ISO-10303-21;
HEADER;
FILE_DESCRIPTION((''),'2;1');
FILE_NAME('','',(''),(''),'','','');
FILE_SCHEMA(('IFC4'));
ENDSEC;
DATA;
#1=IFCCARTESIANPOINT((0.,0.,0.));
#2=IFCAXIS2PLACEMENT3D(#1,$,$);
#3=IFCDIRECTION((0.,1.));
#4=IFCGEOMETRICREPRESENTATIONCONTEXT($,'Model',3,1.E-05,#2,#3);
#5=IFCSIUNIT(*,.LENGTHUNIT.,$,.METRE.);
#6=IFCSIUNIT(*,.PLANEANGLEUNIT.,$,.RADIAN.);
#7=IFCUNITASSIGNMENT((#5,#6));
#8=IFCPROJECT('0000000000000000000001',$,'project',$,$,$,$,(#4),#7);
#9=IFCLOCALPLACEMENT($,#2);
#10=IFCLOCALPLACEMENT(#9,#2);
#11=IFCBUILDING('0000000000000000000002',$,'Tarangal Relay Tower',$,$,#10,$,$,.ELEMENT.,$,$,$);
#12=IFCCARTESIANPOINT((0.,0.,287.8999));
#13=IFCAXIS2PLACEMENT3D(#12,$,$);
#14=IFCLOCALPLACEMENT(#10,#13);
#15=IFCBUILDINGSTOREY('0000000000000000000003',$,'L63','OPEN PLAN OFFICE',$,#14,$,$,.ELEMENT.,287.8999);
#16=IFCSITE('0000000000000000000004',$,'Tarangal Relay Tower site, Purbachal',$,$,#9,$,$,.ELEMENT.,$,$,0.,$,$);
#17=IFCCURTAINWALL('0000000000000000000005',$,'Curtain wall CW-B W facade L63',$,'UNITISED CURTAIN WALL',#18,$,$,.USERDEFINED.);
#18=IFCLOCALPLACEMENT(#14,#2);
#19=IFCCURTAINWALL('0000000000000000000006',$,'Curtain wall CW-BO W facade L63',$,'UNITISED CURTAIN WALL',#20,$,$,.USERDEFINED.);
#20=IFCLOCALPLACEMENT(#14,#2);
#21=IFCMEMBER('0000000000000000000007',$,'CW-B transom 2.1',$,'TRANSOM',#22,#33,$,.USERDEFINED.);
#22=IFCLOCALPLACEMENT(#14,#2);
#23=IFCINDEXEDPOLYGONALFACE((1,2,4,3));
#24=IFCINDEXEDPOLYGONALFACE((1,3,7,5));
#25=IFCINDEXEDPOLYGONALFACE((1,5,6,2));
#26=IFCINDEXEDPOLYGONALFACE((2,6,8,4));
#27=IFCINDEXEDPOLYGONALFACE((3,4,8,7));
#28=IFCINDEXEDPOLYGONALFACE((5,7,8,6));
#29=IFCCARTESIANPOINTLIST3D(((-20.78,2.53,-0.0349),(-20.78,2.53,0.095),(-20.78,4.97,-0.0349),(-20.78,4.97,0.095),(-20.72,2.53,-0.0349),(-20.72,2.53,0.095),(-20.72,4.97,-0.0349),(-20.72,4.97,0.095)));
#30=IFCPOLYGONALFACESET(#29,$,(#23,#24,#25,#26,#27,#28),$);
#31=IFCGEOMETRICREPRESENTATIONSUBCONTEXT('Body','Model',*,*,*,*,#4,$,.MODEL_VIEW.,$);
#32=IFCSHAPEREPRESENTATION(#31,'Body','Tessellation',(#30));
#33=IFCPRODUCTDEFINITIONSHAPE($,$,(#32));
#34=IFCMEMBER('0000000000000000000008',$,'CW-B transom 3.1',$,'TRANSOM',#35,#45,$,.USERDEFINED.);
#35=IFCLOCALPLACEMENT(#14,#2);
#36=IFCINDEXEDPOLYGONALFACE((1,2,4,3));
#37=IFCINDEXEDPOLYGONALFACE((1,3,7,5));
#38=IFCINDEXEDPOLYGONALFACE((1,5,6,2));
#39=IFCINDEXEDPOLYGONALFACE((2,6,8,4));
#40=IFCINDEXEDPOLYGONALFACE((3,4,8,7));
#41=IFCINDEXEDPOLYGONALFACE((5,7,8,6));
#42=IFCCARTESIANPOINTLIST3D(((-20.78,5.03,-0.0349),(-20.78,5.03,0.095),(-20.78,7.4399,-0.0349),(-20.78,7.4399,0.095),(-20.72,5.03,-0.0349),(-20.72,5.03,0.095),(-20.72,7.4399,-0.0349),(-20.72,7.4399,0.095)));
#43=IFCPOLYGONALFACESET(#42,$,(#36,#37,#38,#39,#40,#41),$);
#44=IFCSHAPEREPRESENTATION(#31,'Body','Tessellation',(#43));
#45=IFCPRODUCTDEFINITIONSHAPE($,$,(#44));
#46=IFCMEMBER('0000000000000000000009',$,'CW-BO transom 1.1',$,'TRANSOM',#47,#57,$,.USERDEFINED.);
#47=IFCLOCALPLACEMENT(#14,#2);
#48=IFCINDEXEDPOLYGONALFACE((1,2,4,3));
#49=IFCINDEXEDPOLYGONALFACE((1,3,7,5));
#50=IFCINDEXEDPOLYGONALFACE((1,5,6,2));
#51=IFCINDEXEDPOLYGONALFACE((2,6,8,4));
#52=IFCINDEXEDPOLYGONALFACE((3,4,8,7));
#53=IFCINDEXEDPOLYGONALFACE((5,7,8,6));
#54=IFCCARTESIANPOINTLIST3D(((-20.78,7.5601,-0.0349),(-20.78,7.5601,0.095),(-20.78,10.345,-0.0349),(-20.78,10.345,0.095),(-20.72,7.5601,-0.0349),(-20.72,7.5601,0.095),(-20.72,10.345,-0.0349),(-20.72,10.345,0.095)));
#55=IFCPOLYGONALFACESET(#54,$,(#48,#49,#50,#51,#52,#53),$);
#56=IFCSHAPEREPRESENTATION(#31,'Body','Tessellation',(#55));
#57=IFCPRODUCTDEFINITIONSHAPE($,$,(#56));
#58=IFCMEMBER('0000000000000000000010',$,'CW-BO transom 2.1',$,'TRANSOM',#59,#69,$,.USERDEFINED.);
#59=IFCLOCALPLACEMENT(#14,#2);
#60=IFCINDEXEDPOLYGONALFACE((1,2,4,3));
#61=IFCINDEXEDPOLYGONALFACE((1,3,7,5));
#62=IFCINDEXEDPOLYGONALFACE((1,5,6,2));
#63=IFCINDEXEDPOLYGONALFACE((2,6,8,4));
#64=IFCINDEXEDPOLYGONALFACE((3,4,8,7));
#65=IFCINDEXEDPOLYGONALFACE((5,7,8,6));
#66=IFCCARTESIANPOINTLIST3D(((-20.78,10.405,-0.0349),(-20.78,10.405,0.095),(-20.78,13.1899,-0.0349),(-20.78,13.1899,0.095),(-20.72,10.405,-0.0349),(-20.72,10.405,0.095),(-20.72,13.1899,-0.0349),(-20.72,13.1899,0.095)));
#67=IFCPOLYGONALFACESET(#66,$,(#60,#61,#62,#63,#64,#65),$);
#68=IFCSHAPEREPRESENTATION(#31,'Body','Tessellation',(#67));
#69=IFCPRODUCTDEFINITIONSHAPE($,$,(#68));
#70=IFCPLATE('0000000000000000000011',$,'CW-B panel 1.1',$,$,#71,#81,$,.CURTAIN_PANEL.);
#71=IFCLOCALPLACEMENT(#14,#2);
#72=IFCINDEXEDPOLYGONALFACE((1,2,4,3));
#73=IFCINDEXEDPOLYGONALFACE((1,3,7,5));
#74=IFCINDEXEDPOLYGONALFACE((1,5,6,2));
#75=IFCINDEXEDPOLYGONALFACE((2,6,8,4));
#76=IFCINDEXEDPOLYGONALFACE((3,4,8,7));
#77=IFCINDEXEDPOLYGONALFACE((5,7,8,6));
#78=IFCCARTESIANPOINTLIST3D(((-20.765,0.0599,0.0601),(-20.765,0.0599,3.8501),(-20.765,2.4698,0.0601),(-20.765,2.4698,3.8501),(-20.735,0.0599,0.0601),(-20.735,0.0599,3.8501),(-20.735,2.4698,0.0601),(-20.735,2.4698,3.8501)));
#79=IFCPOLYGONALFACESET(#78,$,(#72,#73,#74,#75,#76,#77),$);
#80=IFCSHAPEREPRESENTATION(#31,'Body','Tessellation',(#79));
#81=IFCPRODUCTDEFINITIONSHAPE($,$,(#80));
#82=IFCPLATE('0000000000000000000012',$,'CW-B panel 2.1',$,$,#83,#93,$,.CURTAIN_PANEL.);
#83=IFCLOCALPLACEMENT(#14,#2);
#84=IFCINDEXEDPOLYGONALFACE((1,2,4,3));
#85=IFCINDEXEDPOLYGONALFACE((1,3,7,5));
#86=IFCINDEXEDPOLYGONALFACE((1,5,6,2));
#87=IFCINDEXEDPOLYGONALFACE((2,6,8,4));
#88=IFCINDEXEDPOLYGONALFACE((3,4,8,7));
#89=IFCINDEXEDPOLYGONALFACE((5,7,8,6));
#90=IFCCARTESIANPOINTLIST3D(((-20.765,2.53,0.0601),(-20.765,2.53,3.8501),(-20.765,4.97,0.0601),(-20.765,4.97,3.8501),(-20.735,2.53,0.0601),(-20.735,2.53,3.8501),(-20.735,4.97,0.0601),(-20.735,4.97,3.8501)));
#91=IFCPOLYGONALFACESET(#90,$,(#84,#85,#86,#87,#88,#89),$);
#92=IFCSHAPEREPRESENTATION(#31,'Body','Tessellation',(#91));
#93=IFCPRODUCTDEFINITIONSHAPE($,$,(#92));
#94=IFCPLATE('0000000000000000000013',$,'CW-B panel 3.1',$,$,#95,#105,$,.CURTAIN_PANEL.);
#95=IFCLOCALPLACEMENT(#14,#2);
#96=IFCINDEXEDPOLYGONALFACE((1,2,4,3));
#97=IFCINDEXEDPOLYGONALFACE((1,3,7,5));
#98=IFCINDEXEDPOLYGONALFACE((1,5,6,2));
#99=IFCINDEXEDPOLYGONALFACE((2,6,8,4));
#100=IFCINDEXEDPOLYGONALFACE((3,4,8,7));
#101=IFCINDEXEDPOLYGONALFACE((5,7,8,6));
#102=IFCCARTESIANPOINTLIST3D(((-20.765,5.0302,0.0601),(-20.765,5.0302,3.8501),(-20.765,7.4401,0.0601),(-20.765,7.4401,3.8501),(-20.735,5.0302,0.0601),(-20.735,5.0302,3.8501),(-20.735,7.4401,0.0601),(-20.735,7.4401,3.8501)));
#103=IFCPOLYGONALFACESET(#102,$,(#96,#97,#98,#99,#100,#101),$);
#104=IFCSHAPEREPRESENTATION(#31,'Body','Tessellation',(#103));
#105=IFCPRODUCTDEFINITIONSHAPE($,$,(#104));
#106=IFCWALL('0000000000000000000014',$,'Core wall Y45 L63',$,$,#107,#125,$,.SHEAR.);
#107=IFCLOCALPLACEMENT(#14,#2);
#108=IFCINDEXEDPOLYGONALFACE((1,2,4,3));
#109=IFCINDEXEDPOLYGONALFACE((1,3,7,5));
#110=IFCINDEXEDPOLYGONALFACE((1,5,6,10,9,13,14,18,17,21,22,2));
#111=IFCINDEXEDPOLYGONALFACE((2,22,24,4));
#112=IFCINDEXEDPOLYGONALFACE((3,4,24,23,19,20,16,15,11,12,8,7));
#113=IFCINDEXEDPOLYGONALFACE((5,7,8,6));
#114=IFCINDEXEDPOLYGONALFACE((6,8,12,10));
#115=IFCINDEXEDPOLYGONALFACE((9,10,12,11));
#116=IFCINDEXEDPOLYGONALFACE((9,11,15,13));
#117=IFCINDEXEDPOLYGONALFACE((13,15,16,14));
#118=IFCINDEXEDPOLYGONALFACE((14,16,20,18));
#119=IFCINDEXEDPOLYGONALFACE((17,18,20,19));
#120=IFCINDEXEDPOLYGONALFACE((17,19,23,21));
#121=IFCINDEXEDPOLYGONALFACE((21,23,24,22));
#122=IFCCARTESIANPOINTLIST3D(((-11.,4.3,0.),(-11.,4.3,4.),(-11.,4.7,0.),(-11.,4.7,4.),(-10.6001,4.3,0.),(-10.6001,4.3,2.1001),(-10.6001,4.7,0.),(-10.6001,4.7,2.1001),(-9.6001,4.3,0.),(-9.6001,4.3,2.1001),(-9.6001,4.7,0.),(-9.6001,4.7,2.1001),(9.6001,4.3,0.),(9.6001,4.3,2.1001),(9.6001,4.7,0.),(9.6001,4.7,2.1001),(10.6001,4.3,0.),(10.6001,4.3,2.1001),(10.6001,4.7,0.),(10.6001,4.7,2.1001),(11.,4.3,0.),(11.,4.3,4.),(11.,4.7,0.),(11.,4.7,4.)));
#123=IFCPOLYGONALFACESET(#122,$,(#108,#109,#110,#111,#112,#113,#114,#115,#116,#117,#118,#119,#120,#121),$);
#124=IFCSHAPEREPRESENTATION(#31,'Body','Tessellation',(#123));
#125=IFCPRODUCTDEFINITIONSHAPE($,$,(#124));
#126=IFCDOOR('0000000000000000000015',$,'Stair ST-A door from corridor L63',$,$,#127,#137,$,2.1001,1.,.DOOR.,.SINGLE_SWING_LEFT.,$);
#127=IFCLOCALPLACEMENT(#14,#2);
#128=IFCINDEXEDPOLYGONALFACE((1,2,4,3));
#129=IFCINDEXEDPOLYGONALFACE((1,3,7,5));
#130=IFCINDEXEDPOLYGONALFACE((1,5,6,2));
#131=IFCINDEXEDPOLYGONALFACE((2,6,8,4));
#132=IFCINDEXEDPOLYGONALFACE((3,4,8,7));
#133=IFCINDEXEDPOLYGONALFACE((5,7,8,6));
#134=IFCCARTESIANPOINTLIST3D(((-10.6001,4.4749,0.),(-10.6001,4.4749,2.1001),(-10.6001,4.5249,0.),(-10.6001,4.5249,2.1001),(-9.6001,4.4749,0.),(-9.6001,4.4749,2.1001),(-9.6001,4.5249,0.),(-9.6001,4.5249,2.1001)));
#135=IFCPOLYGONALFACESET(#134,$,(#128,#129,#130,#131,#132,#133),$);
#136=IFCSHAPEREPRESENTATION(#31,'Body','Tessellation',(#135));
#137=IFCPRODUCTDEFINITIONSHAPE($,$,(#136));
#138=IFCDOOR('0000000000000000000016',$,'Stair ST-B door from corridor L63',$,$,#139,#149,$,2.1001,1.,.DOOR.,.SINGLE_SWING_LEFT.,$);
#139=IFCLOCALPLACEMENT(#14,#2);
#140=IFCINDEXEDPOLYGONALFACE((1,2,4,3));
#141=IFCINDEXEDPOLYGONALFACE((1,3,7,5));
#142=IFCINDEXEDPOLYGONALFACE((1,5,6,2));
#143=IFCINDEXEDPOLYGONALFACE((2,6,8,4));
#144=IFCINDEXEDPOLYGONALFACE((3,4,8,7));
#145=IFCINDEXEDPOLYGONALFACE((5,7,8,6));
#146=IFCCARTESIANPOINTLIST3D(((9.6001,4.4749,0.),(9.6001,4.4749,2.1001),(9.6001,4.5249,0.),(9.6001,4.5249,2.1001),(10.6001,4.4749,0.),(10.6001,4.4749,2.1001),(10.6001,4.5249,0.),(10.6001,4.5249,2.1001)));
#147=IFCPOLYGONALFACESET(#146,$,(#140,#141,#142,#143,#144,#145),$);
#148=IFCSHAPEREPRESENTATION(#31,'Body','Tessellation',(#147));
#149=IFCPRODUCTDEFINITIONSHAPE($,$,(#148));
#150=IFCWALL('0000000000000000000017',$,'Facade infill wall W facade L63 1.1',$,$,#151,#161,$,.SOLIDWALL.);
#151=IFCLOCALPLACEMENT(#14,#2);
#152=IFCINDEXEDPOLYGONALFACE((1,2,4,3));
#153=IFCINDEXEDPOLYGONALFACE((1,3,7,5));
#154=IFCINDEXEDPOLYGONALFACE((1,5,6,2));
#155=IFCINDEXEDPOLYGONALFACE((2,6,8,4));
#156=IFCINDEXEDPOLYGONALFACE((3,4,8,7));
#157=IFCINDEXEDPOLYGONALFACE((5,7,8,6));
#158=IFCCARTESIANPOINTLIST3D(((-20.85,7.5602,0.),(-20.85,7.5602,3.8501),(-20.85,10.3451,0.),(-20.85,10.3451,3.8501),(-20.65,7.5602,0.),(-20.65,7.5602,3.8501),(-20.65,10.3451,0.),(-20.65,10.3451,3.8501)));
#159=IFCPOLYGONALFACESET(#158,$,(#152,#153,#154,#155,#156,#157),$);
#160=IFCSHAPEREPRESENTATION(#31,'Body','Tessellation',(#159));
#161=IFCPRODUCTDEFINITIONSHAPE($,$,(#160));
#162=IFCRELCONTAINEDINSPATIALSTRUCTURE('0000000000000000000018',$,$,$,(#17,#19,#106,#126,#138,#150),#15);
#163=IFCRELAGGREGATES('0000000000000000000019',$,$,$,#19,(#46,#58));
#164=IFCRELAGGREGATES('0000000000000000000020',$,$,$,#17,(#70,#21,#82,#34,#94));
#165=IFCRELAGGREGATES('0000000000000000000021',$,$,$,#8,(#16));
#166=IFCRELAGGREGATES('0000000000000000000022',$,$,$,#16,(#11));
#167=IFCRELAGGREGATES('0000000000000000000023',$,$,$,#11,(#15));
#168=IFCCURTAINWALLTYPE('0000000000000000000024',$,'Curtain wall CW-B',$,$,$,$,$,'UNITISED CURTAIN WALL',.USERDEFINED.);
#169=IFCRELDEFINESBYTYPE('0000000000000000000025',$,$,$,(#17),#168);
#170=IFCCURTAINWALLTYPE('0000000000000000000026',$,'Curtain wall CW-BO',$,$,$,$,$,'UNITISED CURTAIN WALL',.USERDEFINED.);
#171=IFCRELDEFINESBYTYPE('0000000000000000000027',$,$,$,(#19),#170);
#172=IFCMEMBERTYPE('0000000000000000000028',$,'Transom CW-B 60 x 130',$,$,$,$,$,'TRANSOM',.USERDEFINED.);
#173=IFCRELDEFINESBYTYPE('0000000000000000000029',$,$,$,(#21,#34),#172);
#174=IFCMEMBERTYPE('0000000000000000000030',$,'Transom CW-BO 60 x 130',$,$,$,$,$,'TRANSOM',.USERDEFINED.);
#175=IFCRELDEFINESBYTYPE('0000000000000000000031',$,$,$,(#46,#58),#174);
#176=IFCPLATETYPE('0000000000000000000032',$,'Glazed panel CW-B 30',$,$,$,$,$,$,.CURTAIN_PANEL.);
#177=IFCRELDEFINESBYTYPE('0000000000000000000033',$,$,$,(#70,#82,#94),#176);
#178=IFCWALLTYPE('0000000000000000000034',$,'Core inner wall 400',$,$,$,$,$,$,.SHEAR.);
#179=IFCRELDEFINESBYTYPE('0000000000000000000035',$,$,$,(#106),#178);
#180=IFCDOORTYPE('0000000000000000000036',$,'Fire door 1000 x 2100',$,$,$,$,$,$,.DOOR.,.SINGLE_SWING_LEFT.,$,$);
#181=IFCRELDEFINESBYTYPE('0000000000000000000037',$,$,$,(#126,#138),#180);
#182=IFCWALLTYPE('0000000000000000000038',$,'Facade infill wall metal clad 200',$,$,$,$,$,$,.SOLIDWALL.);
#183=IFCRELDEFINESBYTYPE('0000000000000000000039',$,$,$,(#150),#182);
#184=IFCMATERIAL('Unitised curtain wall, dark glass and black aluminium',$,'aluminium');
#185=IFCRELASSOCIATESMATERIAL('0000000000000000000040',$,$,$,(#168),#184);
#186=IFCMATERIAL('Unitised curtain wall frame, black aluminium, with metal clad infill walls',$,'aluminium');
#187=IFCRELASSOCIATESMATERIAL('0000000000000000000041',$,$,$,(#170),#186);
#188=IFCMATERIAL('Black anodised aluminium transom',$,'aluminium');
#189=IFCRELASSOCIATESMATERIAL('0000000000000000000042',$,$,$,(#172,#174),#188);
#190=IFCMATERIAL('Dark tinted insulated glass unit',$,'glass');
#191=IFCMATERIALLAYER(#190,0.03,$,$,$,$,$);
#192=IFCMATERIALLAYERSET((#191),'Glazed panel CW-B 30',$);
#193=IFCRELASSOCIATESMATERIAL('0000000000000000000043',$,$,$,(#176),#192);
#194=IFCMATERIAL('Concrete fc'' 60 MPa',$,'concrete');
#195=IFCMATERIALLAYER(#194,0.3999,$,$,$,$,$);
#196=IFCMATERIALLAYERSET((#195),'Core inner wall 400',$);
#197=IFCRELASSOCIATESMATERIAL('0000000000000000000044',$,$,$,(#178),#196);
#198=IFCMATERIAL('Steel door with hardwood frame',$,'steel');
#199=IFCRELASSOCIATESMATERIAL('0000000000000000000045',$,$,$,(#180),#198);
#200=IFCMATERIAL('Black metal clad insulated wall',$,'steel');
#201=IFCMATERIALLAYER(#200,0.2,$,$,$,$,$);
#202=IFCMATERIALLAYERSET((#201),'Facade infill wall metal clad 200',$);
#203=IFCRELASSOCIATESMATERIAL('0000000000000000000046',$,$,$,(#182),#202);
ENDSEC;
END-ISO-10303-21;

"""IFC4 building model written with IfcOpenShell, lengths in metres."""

from ifc_helpers import new_model, si_unit, direction, frame, frame_2d, origin, origin_2d, place, context, subcontext, project, spatial, rectangle, extrude, material, layer, layer_set, material_profile, profile_set, type_object, element, fill, aggregate, save


model = new_model("IFC4")

# Units and contexts
model_context = context("Model", 3, precision=1e-05, world=origin(), true_north=direction((0.0, 1.0)))
body_context = subcontext(model_context, "Body", "Model", "MODEL_VIEW")
ifc_project = project(units=[si_unit("LENGTHUNIT", "METRE"), si_unit("PLANEANGLEUNIT", "RADIAN")], contexts=[model_context])

# Site, building, storey
site_placement = place(None, origin())
site = spatial("IfcSite", under=ifc_project, at=site_placement, Name="Tarangal Relay Tower site, Purbachal", CompositionType="ELEMENT", RefElevation=0.0)
building_placement = place(site_placement, origin())
building = spatial("IfcBuilding", under=site, at=building_placement, Name="Tarangal Relay Tower", CompositionType="ELEMENT")
storey_placement = place(building_placement, frame((0.0, 0.0, 287.8999)))
storey = spatial("IfcBuildingStorey", under=building, at=storey_placement, Name="L63", Description="OPEN PLAN OFFICE", CompositionType="ELEMENT", Elevation=287.8999)

# Curtain walls
ifc_material_1 = material(Name="Unitised curtain wall, dark glass and black aluminium", Category="aluminium")
curtain_wall_type_1 = type_object("IfcCurtainWallType", Name="Curtain wall CW-B", ElementType="UNITISED CURTAIN WALL", PredefinedType="USERDEFINED", material=ifc_material_1)
curtain_wall_1_placement = place(storey_placement, origin())
curtain_wall_1 = element("IfcCurtainWall", 1, at=curtain_wall_1_placement, inside=storey, type_object=curtain_wall_type_1, Name="Curtain wall CW-B W facade L63", ObjectType="UNITISED CURTAIN WALL", PredefinedType="USERDEFINED")
ifc_material_2 = material(Name="Unitised curtain wall frame, black aluminium, with metal clad infill walls", Category="aluminium")
curtain_wall_type_2 = type_object("IfcCurtainWallType", Name="Curtain wall CW-BO", ElementType="UNITISED CURTAIN WALL", PredefinedType="USERDEFINED", material=ifc_material_2)
curtain_wall_2_placement = place(storey_placement, origin())
curtain_wall_2 = element("IfcCurtainWall", 2, at=curtain_wall_2_placement, inside=storey, type_object=curtain_wall_type_2, Name="Curtain wall CW-BO W facade L63", ObjectType="UNITISED CURTAIN WALL", PredefinedType="USERDEFINED")

# Members
ifc_material_3 = material(Name="Black anodised aluminium transom", Category="aluminium")
ifc_material_profile_1 = material_profile(ifc_material_3, rectangle(XDim=0.0601, YDim=0.1299, at=origin_2d()), Name="CW-BT 60X130")
ifc_profile_set_1 = profile_set([ifc_material_profile_1], Name="Black anodised aluminium transom")
member_type_1 = type_object("IfcMemberType", Name="Transom CW-B 60 x 130", ElementType="TRANSOM", PredefinedType="USERDEFINED", material=ifc_profile_set_1)
member_1_placement = place(storey_placement, frame((-20.75, 2.53, 0.03), z_axis=(0.0, 1.0, 0.0), x_axis=(-1.0, 0.0, 0.0)))
member_1 = element("IfcMember", 3, at=member_1_placement, type_object=member_type_1, Name="CW-B transom 2.1", ObjectType="TRANSOM", PredefinedType="USERDEFINED", context=body_context, shape_type="SweptSolid", body=[
    extrude(rectangle(XDim=0.0601, YDim=0.1299, at=origin_2d()), origin(), (0.0, 0.0, 1.0), 2.4399),
])
member_2_placement = place(storey_placement, frame((-20.75, 5.03, 0.03), z_axis=(0.0, 1.0, 0.0), x_axis=(-1.0, 0.0, 0.0)))
member_2 = element("IfcMember", 4, at=member_2_placement, type_object=member_type_1, Name="CW-B transom 3.1", ObjectType="TRANSOM", PredefinedType="USERDEFINED", context=body_context, shape_type="SweptSolid", body=[
    extrude(rectangle(XDim=0.0601, YDim=0.1299, at=origin_2d()), origin(), (0.0, 0.0, 1.0), 2.4099),
])
ifc_material_profile_2 = material_profile(ifc_material_3, rectangle(XDim=0.0601, YDim=0.1299, at=origin_2d()), Name="CW-BOT 60X130")
ifc_profile_set_2 = profile_set([ifc_material_profile_2], Name="Black anodised aluminium transom")
member_type_2 = type_object("IfcMemberType", Name="Transom CW-BO 60 x 130", ElementType="TRANSOM", PredefinedType="USERDEFINED", material=ifc_profile_set_2)
member_3_placement = place(storey_placement, frame((-20.75, 7.5601, 0.03), z_axis=(0.0, 1.0, 0.0), x_axis=(-1.0, 0.0, 0.0)))
member_3 = element("IfcMember", 5, at=member_3_placement, type_object=member_type_2, Name="CW-BO transom 1.1", ObjectType="TRANSOM", PredefinedType="USERDEFINED", context=body_context, shape_type="SweptSolid", body=[
    extrude(rectangle(XDim=0.0601, YDim=0.1299, at=origin_2d()), origin(), (0.0, 0.0, 1.0), 2.7849),
])
member_4_placement = place(storey_placement, frame((-20.75, 10.405, 0.03), z_axis=(0.0, 1.0, 0.0), x_axis=(-1.0, 0.0, 0.0)))
member_4 = element("IfcMember", 6, at=member_4_placement, type_object=member_type_2, Name="CW-BO transom 2.1", ObjectType="TRANSOM", PredefinedType="USERDEFINED", context=body_context, shape_type="SweptSolid", body=[
    extrude(rectangle(XDim=0.0601, YDim=0.1299, at=origin_2d()), origin(), (0.0, 0.0, 1.0), 2.7849),
])
aggregate(curtain_wall_2, [member_3, member_4])

# Plates
ifc_material_4 = material(Name="Dark tinted insulated glass unit", Category="glass")
ifc_layer_1 = layer(ifc_material_4, 0.03)
ifc_layer_set_1 = layer_set([ifc_layer_1], Name="Glazed panel CW-B 30")
plate_type = type_object("IfcPlateType", Name="Glazed panel CW-B 30", PredefinedType="CURTAIN_PANEL", material=ifc_layer_set_1)
plate_1_placement = place(storey_placement, frame((-20.75, 1.2649, 0.0601), z_axis=(0.0, 0.0, 1.0), x_axis=(0.0, 1.0, 0.0)))
plate_1 = element("IfcPlate", 7, at=plate_1_placement, type_object=plate_type, Name="CW-B panel 1.1", PredefinedType="CURTAIN_PANEL", context=body_context, shape_type="SweptSolid", body=[
    extrude(rectangle(XDim=2.4099, YDim=0.03, at=origin_2d()), origin(), (0.0, 0.0, 1.0), 3.79),
])
plate_2_placement = place(storey_placement, frame((-20.75, 3.75, 0.0601), z_axis=(0.0, 0.0, 1.0), x_axis=(0.0, 1.0, 0.0)))
plate_2 = element("IfcPlate", 8, at=plate_2_placement, type_object=plate_type, Name="CW-B panel 2.1", PredefinedType="CURTAIN_PANEL", context=body_context, shape_type="SweptSolid", body=[
    extrude(rectangle(XDim=2.4399, YDim=0.03, at=origin_2d()), origin(), (0.0, 0.0, 1.0), 3.79),
])
plate_3_placement = place(storey_placement, frame((-20.75, 6.2351, 0.0601), z_axis=(0.0, 0.0, 1.0), x_axis=(0.0, 1.0, 0.0)))
plate_3 = element("IfcPlate", 9, at=plate_3_placement, type_object=plate_type, Name="CW-B panel 3.1", PredefinedType="CURTAIN_PANEL", context=body_context, shape_type="SweptSolid", body=[
    extrude(rectangle(XDim=2.4099, YDim=0.03, at=origin_2d()), origin(), (0.0, 0.0, 1.0), 3.79),
])
aggregate(curtain_wall_1, [plate_1, member_1, plate_2, member_2, plate_3])

# Wall, openings, doors
ifc_material_5 = material(Name="Concrete fc' 60 MPa", Category="concrete")
ifc_layer_2 = layer(ifc_material_5, 0.3999)
ifc_layer_set_2 = layer_set([ifc_layer_2], Name="Core inner wall 400")
wall_type_1 = type_object("IfcWallType", Name="Core inner wall 400", PredefinedType="SHEAR", material=ifc_layer_set_2)
wall_1_placement = place(storey_placement, frame((-11.0, 4.5, 0.0), z_axis=(0.0, 0.0, 1.0), x_axis=(1.0, 0.0, 0.0)))
wall_1 = element("IfcWall", 10, at=wall_1_placement, inside=storey, type_object=wall_type_1, Name="Core wall Y45 L63", PredefinedType="SHEAR", context=body_context, shape_type="SweptSolid", body=[
    extrude(rectangle(XDim=22.0, YDim=0.3999, at=frame_2d((11.0, 0.0))), origin(), (0.0, 0.0, 1.0), 4.0),
])
opening_1_placement = place(wall_1_placement, frame((0.3999, 0.0, 0.0)))
opening_1 = element("IfcOpeningElement", 11, at=opening_1_placement, cuts=wall_1, PredefinedType="OPENING", context=body_context, shape_type="SweptSolid", body=[
    extrude(rectangle(XDim=1.0, YDim=2.1001, at=frame_2d((0.5, 1.05))), frame((0.0, 0.21, 0.0), z_axis=(0.0, -1.0, 0.0), x_axis=(1.0, 0.0, 0.0)), (0.0, 0.0, 1.0), 0.4199),
])
opening_2_placement = place(wall_1_placement, frame((20.6001, 0.0, 0.0)))
opening_2 = element("IfcOpeningElement", 12, at=opening_2_placement, cuts=wall_1, PredefinedType="OPENING", context=body_context, shape_type="SweptSolid", body=[
    extrude(rectangle(XDim=1.0, YDim=2.1001, at=frame_2d((0.5, 1.05))), frame((0.0, 0.21, 0.0), z_axis=(0.0, -1.0, 0.0), x_axis=(1.0, 0.0, 0.0)), (0.0, 0.0, 1.0), 0.4199),
])
ifc_material_6 = material(Name="Steel door with hardwood frame", Category="steel")
door_type_1 = type_object("IfcDoorType", Name="Fire door 1000 x 2100", OperationType="SINGLE_SWING_LEFT", PredefinedType="DOOR", material=ifc_material_6)
door_1_placement = place(opening_1_placement, origin())
door_1 = element("IfcDoor", 13, at=door_1_placement, inside=storey, type_object=door_type_1, Name="Stair ST-A door from corridor L63", OperationType="SINGLE_SWING_LEFT", OverallHeight=2.1001, OverallWidth=1.0, PredefinedType="DOOR", context=body_context, shape_type="SweptSolid", body=[
    extrude(rectangle(XDim=1.0, YDim=2.1001, at=frame_2d((0.5, 1.05))), frame((0.0, 0.0249, 0.0), z_axis=(0.0, -1.0, 0.0), x_axis=(1.0, 0.0, 0.0)), (0.0, 0.0, 1.0), 0.05),
])
fill(opening_1, door_1)
door_2_placement = place(opening_2_placement, origin())
door_2 = element("IfcDoor", 14, at=door_2_placement, inside=storey, type_object=door_type_1, Name="Stair ST-B door from corridor L63", OperationType="SINGLE_SWING_LEFT", OverallHeight=2.1001, OverallWidth=1.0, PredefinedType="DOOR", context=body_context, shape_type="SweptSolid", body=[
    extrude(rectangle(XDim=1.0, YDim=2.1001, at=frame_2d((0.5, 1.05))), frame((0.0, 0.0249, 0.0), z_axis=(0.0, -1.0, 0.0), x_axis=(1.0, 0.0, 0.0)), (0.0, 0.0, 1.0), 0.05),
])
fill(opening_2, door_2)

# Wall
ifc_material_7 = material(Name="Black metal clad insulated wall", Category="steel")
ifc_layer_3 = layer(ifc_material_7, 0.2)
ifc_layer_set_3 = layer_set([ifc_layer_3], Name="Facade infill wall metal clad 200")
wall_type_2 = type_object("IfcWallType", Name="Facade infill wall metal clad 200", PredefinedType="SOLIDWALL", material=ifc_layer_set_3)
wall_2_placement = place(storey_placement, frame((-20.75, 7.5601, 0.0), z_axis=(0.0, 0.0, 1.0), x_axis=(0.0, 1.0, 0.0)))
element("IfcWall", 15, at=wall_2_placement, inside=storey, type_object=wall_type_2, Name="Facade infill wall W facade L63 1.1", PredefinedType="SOLIDWALL", context=body_context, shape_type="SweptSolid", body=[
    extrude(rectangle(XDim=2.7849, YDim=0.2, at=frame_2d((1.3926, 0.0))), origin(), (0.0, 0.0, 1.0), 3.8501),
])

save(model, "model.ifc")
